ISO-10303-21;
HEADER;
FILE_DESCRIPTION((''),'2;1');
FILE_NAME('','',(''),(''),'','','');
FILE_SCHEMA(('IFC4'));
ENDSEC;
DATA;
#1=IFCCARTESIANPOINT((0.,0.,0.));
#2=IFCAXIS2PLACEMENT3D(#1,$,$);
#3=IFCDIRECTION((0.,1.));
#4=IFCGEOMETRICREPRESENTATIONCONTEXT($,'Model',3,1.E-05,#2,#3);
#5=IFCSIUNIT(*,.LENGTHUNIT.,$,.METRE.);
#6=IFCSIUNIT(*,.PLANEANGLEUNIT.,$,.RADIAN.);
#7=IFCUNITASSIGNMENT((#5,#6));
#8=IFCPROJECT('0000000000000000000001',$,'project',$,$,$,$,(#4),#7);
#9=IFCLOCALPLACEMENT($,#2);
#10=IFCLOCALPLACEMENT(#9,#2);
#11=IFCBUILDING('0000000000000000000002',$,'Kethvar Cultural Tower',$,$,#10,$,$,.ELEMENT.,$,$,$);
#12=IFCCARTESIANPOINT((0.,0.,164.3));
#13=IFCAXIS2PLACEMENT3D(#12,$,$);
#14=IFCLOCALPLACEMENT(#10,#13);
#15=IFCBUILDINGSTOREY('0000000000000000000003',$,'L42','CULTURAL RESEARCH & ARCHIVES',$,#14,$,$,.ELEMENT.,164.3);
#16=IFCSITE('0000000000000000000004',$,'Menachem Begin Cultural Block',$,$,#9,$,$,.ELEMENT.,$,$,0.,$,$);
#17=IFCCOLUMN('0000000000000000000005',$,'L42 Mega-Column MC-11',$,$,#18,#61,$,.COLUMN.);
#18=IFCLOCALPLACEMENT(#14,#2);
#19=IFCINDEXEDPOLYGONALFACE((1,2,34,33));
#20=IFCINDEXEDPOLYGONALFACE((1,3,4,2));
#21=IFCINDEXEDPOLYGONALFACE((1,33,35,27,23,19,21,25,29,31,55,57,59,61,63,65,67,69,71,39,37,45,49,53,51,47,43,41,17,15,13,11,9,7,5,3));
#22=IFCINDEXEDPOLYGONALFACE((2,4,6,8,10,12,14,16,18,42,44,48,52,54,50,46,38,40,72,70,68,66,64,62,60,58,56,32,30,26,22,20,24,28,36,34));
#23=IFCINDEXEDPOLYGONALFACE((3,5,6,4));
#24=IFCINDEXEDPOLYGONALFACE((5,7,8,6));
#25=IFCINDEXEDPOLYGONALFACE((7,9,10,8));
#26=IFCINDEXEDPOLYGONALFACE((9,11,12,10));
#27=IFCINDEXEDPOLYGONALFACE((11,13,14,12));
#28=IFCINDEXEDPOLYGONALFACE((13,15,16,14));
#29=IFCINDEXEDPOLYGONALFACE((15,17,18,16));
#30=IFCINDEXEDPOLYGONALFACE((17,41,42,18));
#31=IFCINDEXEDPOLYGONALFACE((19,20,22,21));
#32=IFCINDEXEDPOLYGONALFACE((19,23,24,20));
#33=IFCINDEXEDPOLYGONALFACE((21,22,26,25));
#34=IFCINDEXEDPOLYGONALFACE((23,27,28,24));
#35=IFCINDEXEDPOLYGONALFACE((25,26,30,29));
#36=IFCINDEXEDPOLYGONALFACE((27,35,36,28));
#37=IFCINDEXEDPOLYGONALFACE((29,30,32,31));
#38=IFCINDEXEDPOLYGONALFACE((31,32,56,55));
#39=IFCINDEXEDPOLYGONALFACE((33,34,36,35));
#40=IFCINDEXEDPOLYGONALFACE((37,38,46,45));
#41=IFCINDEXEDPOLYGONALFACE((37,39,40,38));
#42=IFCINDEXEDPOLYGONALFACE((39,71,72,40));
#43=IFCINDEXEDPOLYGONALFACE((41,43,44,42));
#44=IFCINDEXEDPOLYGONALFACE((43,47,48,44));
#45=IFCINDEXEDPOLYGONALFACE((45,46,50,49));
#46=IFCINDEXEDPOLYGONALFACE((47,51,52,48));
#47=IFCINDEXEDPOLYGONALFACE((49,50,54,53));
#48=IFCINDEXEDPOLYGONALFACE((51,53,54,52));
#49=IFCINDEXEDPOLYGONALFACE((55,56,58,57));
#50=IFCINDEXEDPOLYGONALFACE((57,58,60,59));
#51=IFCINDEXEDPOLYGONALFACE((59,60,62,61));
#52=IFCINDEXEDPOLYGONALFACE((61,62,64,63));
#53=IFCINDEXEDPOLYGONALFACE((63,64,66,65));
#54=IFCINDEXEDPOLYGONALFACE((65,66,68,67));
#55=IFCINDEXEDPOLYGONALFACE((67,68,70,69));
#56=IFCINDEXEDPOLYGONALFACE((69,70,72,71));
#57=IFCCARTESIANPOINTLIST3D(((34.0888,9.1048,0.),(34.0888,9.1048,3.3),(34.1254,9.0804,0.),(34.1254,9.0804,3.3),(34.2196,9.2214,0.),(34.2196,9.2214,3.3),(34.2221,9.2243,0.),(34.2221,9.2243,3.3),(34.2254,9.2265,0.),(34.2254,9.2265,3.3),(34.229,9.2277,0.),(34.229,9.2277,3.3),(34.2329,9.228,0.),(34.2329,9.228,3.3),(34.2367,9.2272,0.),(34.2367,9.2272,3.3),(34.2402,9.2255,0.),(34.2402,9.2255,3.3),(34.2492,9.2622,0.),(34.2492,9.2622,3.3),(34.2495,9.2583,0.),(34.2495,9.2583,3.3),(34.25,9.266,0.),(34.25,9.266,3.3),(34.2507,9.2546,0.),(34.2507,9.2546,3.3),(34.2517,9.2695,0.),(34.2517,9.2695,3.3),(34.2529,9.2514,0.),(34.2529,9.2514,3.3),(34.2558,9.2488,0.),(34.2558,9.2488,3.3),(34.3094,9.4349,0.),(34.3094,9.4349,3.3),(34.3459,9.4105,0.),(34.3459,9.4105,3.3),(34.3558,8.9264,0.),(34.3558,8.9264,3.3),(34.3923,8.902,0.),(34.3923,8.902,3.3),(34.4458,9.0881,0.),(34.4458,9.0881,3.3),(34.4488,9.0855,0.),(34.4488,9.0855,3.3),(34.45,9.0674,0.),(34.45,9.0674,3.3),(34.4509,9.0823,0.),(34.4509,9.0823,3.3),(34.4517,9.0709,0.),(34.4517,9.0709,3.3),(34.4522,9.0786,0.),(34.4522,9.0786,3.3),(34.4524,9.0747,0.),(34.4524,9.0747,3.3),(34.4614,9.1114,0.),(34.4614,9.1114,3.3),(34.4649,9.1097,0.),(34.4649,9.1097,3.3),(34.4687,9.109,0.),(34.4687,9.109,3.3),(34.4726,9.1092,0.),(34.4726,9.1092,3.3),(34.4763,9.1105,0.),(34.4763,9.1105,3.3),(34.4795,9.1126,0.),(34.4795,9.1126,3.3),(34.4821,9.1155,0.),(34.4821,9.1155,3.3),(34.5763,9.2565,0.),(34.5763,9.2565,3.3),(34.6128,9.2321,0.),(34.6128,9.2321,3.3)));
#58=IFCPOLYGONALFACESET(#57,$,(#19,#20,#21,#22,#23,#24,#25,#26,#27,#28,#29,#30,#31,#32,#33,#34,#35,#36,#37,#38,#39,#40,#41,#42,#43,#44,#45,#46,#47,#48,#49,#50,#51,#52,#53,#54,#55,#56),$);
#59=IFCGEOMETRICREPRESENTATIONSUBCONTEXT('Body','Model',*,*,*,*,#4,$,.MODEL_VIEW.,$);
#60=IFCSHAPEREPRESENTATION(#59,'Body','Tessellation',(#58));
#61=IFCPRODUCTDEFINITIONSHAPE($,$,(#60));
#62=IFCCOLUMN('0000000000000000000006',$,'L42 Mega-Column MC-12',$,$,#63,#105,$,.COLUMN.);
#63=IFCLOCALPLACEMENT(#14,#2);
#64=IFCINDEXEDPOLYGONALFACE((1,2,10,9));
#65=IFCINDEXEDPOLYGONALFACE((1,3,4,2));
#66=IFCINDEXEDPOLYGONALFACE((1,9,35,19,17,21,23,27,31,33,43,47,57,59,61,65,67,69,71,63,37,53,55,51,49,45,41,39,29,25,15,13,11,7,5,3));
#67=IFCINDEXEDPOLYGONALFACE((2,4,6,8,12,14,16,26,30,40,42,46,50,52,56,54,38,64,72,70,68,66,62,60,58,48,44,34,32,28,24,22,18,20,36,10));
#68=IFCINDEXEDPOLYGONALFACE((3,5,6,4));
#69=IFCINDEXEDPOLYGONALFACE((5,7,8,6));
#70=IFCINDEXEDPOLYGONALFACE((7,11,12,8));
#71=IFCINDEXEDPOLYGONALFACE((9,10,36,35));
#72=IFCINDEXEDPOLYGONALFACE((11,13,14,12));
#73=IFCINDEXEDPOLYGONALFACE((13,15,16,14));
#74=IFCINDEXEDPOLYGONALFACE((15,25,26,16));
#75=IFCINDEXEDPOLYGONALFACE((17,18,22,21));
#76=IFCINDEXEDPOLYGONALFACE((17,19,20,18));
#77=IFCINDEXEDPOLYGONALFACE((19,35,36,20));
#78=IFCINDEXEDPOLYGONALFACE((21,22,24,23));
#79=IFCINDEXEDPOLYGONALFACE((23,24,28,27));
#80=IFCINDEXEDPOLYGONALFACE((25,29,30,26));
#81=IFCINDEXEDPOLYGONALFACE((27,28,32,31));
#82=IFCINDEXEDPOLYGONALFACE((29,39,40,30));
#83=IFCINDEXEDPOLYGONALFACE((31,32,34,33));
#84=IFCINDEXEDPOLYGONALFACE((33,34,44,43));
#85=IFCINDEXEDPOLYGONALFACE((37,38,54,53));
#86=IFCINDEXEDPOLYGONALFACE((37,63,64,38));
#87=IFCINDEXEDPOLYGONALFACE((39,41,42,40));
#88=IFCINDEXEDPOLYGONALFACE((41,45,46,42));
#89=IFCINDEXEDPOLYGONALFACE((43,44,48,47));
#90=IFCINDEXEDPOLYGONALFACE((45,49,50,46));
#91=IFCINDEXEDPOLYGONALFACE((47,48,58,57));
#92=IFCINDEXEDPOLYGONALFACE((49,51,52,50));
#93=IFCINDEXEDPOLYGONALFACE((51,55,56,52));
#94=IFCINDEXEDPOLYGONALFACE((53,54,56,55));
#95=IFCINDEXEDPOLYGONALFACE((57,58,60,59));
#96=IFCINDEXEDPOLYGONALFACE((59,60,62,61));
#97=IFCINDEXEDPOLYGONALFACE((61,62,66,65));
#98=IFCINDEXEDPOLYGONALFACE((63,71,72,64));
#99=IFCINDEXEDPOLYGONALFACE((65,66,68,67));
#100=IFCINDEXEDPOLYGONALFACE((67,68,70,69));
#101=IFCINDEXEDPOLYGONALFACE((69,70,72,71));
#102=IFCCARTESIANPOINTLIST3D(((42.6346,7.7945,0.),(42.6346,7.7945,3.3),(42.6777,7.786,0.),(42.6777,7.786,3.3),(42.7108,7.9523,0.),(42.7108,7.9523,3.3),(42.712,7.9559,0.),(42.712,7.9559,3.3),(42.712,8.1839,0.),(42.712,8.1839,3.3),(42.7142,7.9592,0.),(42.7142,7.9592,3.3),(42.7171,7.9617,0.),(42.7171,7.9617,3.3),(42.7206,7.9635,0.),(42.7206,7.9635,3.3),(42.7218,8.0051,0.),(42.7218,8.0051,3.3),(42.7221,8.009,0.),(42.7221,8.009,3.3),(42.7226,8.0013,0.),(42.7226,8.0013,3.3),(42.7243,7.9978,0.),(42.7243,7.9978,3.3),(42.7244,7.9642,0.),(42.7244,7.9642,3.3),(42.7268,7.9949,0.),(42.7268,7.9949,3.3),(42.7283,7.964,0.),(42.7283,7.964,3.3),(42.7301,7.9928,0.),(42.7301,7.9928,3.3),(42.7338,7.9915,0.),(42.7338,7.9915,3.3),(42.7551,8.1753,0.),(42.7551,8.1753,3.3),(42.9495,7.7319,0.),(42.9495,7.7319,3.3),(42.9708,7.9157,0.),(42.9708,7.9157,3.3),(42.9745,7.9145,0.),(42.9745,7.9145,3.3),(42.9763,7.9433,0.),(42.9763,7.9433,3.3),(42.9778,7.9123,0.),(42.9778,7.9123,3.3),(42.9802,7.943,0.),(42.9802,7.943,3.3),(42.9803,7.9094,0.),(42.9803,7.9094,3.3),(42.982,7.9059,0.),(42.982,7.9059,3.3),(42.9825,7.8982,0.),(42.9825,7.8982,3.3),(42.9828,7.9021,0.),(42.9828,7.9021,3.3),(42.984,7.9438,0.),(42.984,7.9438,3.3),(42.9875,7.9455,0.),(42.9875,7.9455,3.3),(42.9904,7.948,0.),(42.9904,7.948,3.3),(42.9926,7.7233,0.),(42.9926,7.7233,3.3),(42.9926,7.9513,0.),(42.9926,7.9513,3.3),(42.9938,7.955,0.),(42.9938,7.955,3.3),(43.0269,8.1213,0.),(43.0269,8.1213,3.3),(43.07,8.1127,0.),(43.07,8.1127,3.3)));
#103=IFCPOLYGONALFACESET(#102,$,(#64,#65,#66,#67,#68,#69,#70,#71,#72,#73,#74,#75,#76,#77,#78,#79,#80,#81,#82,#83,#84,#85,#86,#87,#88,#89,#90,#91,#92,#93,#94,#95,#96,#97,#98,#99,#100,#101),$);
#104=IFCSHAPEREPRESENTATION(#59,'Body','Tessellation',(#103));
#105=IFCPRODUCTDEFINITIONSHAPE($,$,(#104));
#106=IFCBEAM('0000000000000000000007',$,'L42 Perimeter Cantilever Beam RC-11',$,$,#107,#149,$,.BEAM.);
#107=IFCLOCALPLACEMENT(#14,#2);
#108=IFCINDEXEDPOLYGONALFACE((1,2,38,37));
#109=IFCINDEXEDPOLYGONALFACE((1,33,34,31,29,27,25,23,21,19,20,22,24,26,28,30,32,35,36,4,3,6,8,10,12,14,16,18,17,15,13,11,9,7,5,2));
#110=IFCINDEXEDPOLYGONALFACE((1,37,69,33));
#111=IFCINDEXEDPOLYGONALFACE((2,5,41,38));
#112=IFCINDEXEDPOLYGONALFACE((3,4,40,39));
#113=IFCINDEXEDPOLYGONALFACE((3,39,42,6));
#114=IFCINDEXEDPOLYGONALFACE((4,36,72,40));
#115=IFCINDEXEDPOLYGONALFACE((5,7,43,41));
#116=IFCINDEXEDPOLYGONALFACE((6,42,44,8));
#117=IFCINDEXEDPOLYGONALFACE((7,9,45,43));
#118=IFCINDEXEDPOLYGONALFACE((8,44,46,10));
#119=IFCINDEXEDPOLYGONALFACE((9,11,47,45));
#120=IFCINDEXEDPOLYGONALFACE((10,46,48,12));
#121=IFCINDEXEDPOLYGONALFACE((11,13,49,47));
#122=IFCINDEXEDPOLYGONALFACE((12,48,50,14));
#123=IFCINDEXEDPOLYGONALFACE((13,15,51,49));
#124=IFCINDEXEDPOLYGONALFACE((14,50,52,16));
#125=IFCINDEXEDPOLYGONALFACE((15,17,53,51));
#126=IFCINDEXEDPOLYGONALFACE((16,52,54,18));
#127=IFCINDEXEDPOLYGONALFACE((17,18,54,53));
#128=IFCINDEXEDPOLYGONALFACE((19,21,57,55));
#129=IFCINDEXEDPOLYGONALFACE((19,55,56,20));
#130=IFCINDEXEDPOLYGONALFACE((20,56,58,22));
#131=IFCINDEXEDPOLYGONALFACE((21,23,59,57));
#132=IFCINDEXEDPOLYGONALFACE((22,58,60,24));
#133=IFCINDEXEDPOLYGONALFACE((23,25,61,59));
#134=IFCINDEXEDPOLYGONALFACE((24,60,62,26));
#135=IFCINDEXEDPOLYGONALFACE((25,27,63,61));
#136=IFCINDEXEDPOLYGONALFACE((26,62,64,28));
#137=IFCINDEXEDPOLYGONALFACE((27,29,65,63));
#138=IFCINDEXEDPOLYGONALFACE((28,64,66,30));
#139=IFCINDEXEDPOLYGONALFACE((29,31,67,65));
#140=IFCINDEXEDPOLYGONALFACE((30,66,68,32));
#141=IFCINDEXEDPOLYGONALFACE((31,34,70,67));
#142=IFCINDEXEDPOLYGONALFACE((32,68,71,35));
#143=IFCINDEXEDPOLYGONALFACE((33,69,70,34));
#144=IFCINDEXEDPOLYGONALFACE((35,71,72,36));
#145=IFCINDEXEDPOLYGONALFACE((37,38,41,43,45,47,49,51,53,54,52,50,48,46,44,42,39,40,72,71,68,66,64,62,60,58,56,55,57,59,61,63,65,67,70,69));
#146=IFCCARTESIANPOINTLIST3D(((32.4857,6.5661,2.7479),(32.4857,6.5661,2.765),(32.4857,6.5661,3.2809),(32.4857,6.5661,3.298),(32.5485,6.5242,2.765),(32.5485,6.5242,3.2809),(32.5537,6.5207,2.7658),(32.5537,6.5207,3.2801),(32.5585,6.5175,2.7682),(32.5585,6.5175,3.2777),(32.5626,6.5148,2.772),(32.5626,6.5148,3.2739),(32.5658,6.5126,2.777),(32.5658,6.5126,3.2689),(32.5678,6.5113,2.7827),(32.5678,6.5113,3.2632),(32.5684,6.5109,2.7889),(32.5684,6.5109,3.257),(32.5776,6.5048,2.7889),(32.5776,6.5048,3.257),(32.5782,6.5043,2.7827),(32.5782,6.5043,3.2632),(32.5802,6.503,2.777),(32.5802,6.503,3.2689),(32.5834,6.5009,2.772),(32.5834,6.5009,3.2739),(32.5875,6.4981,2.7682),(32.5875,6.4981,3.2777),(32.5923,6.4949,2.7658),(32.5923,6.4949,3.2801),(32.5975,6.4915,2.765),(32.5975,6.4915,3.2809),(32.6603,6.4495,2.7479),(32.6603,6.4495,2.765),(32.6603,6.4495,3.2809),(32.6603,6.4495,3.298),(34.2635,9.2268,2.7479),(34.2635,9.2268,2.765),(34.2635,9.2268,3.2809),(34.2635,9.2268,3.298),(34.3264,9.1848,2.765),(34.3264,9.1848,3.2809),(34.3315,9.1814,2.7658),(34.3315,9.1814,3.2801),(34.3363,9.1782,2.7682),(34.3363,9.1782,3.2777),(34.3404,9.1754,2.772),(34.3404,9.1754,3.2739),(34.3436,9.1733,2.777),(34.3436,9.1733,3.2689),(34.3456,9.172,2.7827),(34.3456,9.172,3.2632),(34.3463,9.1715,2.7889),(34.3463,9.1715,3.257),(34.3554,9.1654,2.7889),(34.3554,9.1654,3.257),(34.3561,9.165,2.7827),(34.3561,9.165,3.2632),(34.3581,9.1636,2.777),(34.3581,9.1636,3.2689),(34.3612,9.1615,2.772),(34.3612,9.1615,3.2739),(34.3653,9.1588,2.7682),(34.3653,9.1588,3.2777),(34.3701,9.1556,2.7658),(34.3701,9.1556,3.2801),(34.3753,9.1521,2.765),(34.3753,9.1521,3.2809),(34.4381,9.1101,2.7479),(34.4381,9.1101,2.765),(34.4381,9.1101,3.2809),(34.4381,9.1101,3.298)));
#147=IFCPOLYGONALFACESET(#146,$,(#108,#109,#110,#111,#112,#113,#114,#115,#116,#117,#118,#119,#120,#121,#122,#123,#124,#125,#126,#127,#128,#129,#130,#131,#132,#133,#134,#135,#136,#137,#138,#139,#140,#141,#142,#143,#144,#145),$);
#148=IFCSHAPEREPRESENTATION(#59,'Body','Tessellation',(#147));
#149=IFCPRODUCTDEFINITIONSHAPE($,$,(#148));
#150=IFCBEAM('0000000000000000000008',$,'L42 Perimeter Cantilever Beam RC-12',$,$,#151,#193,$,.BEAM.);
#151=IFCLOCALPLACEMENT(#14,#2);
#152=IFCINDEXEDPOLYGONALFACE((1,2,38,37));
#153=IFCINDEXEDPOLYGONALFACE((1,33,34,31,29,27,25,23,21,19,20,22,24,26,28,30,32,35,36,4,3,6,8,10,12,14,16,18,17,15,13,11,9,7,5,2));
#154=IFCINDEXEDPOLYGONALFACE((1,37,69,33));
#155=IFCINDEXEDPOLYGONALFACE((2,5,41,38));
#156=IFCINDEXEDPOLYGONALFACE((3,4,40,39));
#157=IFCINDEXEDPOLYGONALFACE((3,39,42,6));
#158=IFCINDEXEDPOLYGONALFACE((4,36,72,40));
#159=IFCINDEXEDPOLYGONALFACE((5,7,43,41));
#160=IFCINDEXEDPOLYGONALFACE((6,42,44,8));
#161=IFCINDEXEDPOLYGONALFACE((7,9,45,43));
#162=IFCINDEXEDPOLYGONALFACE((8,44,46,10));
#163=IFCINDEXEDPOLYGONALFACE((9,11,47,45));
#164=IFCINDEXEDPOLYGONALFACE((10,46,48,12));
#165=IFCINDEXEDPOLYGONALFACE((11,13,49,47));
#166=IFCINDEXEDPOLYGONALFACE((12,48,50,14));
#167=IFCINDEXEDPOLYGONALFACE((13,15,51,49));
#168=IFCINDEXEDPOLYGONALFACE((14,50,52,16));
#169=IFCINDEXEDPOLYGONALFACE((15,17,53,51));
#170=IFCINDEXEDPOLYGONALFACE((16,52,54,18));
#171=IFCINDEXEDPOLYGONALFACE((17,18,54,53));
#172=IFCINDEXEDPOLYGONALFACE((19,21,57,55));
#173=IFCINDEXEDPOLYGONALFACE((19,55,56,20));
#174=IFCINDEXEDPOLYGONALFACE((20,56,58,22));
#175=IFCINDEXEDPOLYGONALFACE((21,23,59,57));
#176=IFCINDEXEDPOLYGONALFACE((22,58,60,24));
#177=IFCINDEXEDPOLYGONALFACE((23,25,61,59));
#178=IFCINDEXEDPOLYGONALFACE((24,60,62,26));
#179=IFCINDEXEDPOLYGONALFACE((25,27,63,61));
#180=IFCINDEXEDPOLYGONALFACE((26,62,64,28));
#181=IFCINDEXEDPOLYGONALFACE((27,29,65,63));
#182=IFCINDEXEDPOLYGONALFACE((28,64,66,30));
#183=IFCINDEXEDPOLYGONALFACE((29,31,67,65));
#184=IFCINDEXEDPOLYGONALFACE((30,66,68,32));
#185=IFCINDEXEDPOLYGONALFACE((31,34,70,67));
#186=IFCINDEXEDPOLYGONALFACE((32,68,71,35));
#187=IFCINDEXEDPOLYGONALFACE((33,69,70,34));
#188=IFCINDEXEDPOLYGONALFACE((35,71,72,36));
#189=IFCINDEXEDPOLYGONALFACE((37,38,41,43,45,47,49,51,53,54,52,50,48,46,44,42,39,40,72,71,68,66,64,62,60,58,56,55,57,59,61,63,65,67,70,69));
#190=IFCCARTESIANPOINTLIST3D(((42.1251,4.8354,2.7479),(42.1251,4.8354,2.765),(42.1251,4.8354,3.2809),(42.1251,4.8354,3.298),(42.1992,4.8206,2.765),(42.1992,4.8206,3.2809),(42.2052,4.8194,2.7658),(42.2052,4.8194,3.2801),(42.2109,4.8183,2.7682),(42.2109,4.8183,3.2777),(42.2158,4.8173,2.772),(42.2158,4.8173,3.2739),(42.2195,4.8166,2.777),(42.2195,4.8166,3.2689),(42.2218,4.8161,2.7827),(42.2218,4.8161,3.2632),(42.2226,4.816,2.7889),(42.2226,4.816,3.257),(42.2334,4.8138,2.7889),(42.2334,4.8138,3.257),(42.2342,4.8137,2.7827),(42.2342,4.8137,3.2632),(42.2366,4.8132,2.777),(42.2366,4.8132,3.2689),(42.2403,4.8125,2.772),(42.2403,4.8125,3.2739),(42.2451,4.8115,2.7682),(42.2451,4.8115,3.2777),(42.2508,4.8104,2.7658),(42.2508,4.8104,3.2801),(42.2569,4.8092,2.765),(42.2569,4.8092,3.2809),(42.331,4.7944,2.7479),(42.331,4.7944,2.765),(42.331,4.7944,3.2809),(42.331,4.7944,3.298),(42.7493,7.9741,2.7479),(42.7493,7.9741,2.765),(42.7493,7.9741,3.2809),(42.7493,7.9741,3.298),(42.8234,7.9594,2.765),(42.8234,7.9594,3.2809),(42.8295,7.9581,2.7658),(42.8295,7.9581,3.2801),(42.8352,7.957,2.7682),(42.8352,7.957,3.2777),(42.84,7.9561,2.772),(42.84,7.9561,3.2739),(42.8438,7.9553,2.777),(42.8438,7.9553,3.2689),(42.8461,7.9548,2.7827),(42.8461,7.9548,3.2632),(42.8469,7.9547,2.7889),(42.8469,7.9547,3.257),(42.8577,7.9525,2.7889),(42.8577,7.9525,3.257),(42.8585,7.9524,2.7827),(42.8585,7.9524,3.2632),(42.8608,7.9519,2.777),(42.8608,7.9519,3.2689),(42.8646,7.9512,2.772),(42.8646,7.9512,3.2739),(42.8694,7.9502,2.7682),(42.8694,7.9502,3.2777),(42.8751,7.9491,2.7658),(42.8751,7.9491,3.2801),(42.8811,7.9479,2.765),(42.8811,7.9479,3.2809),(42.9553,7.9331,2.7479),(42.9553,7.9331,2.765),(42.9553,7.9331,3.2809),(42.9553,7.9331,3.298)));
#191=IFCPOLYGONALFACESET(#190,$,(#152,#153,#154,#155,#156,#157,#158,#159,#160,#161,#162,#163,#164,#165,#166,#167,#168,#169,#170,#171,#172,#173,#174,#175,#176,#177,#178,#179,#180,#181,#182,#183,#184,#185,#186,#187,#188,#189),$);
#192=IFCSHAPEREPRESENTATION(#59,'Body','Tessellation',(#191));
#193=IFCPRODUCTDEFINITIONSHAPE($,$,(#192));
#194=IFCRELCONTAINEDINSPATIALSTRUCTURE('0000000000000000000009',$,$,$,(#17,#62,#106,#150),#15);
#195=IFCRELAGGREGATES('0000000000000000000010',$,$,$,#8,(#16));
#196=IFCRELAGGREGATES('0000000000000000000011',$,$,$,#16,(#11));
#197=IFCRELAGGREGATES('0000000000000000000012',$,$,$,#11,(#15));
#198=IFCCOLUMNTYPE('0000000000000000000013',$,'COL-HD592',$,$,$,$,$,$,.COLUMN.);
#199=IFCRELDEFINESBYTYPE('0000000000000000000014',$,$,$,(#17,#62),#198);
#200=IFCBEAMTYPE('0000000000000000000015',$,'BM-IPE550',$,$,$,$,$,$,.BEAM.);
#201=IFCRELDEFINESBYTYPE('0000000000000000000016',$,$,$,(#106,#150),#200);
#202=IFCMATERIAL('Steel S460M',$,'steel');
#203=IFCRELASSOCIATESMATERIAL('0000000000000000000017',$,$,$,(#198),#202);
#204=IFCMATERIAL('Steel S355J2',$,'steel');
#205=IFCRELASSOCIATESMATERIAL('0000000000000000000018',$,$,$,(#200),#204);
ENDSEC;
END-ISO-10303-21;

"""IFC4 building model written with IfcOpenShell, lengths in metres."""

from ifc_helpers import new_model, si_unit, direction, frame, origin, origin_2d, place, context, subcontext, project, spatial, i_section, extrude, source, transform, mapped, material, material_profile, profile_set, type_object, element, save


model = new_model("IFC4")

# Units and contexts
model_context = context("Model", 3, precision=1e-05, world=origin(), true_north=direction((0.0, 1.0)))
body_context = subcontext(model_context, "Body", "Model", "MODEL_VIEW")
ifc_project = project(units=[si_unit("LENGTHUNIT", "METRE"), si_unit("PLANEANGLEUNIT", "RADIAN")], contexts=[model_context])

# Site, building, storey
site_placement = place(None, origin())
site = spatial("IfcSite", under=ifc_project, at=site_placement, Name="Menachem Begin Cultural Block", CompositionType="ELEMENT", RefElevation=0.0)
building_placement = place(site_placement, origin())
building = spatial("IfcBuilding", under=site, at=building_placement, Name="Kethvar Cultural Tower", CompositionType="ELEMENT")
storey_placement = place(building_placement, frame((0.0, 0.0, 164.3)))
storey = spatial("IfcBuildingStorey", under=building, at=storey_placement, Name="L42", Description="CULTURAL RESEARCH & ARCHIVES", CompositionType="ELEMENT", Elevation=164.3)

# Columns
ifc_material_1 = material(Name="Steel S460M", Category="steel")
ifc_material_profile_1 = material_profile(ifc_material_1, i_section(OverallWidth=0.397, OverallDepth=0.365, WebThickness=0.0281, FlangeThickness=0.0439, FilletRadius=0.0149, at=origin_2d()), Name="Steel S460M — HD400x592")
ifc_profile_set_1 = profile_set([ifc_material_profile_1], Name="Steel S460M — HD400x592")
column_type = type_object("IfcColumnType", Name="COL-HD592", PredefinedType="COLUMN", material=ifc_profile_set_1)
shared_shape_1 = source(origin(), body_context, "Body", "SweptSolid", [
    extrude(i_section(OverallWidth=0.397, OverallDepth=0.365, WebThickness=0.0281, FlangeThickness=0.0439, FilletRadius=0.0149, at=origin_2d()), origin(), (0.0, 0.0, 1.0), 3.3),
])
for number, where, z_axis, x_axis, name in (
    (1, (34.3508, 9.1685, 0.0), (0.0, 0.0, 1.0), (-0.55557, -0.83147, 0.0), "L42 Mega-Column MC-11"),
    (2, (42.8523, 7.9536, 0.0), (0.0, 0.0, 1.0), (-0.19509, -0.980785, 0.0), "L42 Mega-Column MC-12"),
):
    element("IfcColumn", number, at=place(storey_placement, frame(where, z_axis=z_axis, x_axis=x_axis)), inside=storey, type_object=column_type, Name=name, PredefinedType="COLUMN", context=body_context, shape_type="MappedRepresentation", body=[
        mapped(shared_shape_1, transform((0.0, 0.0, 0.0), scale=1.0)),
    ])

# Beams
ifc_material_2 = material(Name="Steel S355J2", Category="steel")
ifc_material_profile_2 = material_profile(ifc_material_2, i_section(OverallWidth=0.21, OverallDepth=0.55, WebThickness=0.011, FlangeThickness=0.0171, FilletRadius=0.0239, at=origin_2d()), Name="Steel S355J2 — IPE550")
ifc_profile_set_2 = profile_set([ifc_material_profile_2], Name="Steel S355J2 — IPE550")
beam_type_1 = type_object("IfcBeamType", Name="BM-IPE550", PredefinedType="BEAM", material=ifc_profile_set_2)
shared_shape_2 = source(origin(), body_context, "Body", "SweptSolid", [
    extrude(i_section(OverallWidth=0.21, OverallDepth=0.55, WebThickness=0.011, FlangeThickness=0.0171, FilletRadius=0.0239, at=origin_2d()), origin(), (0.0, 0.0, 1.0), 3.2),
])
beam_1_placement = place(storey_placement, frame((34.3508, 9.1685, 3.0229), z_axis=(-0.55558, -0.831463, 0.0), x_axis=(0.831463, -0.55558, 0.0)))
element("IfcBeam", 3, at=beam_1_placement, inside=storey, type_object=beam_type_1, Name="L42 Perimeter Cantilever Beam RC-11", PredefinedType="BEAM", context=body_context, shape_type="MappedRepresentation", body=[
    mapped(shared_shape_2, transform((0.0, 0.0, 0.0), scale=1.0)),
])
shared_shape_3 = source(origin(), body_context, "Body", "SweptSolid", [
    extrude(i_section(OverallWidth=0.21, OverallDepth=0.55, WebThickness=0.011, FlangeThickness=0.0171, FilletRadius=0.0239, at=origin_2d()), origin(), (0.0, 0.0, 1.0), 3.2002),
])
beam_2_placement = place(storey_placement, frame((42.8523, 7.9536, 3.0229), z_axis=(-0.195074, -0.980788, 0.0), x_axis=(0.980788, -0.195074, 0.0)))
element("IfcBeam", 4, at=beam_2_placement, inside=storey, type_object=beam_type_1, Name="L42 Perimeter Cantilever Beam RC-12", PredefinedType="BEAM", context=body_context, shape_type="MappedRepresentation", body=[
    mapped(shared_shape_3, transform((0.0, 0.0, 0.0), scale=1.0)),
])

save(model, "model.ifc")
